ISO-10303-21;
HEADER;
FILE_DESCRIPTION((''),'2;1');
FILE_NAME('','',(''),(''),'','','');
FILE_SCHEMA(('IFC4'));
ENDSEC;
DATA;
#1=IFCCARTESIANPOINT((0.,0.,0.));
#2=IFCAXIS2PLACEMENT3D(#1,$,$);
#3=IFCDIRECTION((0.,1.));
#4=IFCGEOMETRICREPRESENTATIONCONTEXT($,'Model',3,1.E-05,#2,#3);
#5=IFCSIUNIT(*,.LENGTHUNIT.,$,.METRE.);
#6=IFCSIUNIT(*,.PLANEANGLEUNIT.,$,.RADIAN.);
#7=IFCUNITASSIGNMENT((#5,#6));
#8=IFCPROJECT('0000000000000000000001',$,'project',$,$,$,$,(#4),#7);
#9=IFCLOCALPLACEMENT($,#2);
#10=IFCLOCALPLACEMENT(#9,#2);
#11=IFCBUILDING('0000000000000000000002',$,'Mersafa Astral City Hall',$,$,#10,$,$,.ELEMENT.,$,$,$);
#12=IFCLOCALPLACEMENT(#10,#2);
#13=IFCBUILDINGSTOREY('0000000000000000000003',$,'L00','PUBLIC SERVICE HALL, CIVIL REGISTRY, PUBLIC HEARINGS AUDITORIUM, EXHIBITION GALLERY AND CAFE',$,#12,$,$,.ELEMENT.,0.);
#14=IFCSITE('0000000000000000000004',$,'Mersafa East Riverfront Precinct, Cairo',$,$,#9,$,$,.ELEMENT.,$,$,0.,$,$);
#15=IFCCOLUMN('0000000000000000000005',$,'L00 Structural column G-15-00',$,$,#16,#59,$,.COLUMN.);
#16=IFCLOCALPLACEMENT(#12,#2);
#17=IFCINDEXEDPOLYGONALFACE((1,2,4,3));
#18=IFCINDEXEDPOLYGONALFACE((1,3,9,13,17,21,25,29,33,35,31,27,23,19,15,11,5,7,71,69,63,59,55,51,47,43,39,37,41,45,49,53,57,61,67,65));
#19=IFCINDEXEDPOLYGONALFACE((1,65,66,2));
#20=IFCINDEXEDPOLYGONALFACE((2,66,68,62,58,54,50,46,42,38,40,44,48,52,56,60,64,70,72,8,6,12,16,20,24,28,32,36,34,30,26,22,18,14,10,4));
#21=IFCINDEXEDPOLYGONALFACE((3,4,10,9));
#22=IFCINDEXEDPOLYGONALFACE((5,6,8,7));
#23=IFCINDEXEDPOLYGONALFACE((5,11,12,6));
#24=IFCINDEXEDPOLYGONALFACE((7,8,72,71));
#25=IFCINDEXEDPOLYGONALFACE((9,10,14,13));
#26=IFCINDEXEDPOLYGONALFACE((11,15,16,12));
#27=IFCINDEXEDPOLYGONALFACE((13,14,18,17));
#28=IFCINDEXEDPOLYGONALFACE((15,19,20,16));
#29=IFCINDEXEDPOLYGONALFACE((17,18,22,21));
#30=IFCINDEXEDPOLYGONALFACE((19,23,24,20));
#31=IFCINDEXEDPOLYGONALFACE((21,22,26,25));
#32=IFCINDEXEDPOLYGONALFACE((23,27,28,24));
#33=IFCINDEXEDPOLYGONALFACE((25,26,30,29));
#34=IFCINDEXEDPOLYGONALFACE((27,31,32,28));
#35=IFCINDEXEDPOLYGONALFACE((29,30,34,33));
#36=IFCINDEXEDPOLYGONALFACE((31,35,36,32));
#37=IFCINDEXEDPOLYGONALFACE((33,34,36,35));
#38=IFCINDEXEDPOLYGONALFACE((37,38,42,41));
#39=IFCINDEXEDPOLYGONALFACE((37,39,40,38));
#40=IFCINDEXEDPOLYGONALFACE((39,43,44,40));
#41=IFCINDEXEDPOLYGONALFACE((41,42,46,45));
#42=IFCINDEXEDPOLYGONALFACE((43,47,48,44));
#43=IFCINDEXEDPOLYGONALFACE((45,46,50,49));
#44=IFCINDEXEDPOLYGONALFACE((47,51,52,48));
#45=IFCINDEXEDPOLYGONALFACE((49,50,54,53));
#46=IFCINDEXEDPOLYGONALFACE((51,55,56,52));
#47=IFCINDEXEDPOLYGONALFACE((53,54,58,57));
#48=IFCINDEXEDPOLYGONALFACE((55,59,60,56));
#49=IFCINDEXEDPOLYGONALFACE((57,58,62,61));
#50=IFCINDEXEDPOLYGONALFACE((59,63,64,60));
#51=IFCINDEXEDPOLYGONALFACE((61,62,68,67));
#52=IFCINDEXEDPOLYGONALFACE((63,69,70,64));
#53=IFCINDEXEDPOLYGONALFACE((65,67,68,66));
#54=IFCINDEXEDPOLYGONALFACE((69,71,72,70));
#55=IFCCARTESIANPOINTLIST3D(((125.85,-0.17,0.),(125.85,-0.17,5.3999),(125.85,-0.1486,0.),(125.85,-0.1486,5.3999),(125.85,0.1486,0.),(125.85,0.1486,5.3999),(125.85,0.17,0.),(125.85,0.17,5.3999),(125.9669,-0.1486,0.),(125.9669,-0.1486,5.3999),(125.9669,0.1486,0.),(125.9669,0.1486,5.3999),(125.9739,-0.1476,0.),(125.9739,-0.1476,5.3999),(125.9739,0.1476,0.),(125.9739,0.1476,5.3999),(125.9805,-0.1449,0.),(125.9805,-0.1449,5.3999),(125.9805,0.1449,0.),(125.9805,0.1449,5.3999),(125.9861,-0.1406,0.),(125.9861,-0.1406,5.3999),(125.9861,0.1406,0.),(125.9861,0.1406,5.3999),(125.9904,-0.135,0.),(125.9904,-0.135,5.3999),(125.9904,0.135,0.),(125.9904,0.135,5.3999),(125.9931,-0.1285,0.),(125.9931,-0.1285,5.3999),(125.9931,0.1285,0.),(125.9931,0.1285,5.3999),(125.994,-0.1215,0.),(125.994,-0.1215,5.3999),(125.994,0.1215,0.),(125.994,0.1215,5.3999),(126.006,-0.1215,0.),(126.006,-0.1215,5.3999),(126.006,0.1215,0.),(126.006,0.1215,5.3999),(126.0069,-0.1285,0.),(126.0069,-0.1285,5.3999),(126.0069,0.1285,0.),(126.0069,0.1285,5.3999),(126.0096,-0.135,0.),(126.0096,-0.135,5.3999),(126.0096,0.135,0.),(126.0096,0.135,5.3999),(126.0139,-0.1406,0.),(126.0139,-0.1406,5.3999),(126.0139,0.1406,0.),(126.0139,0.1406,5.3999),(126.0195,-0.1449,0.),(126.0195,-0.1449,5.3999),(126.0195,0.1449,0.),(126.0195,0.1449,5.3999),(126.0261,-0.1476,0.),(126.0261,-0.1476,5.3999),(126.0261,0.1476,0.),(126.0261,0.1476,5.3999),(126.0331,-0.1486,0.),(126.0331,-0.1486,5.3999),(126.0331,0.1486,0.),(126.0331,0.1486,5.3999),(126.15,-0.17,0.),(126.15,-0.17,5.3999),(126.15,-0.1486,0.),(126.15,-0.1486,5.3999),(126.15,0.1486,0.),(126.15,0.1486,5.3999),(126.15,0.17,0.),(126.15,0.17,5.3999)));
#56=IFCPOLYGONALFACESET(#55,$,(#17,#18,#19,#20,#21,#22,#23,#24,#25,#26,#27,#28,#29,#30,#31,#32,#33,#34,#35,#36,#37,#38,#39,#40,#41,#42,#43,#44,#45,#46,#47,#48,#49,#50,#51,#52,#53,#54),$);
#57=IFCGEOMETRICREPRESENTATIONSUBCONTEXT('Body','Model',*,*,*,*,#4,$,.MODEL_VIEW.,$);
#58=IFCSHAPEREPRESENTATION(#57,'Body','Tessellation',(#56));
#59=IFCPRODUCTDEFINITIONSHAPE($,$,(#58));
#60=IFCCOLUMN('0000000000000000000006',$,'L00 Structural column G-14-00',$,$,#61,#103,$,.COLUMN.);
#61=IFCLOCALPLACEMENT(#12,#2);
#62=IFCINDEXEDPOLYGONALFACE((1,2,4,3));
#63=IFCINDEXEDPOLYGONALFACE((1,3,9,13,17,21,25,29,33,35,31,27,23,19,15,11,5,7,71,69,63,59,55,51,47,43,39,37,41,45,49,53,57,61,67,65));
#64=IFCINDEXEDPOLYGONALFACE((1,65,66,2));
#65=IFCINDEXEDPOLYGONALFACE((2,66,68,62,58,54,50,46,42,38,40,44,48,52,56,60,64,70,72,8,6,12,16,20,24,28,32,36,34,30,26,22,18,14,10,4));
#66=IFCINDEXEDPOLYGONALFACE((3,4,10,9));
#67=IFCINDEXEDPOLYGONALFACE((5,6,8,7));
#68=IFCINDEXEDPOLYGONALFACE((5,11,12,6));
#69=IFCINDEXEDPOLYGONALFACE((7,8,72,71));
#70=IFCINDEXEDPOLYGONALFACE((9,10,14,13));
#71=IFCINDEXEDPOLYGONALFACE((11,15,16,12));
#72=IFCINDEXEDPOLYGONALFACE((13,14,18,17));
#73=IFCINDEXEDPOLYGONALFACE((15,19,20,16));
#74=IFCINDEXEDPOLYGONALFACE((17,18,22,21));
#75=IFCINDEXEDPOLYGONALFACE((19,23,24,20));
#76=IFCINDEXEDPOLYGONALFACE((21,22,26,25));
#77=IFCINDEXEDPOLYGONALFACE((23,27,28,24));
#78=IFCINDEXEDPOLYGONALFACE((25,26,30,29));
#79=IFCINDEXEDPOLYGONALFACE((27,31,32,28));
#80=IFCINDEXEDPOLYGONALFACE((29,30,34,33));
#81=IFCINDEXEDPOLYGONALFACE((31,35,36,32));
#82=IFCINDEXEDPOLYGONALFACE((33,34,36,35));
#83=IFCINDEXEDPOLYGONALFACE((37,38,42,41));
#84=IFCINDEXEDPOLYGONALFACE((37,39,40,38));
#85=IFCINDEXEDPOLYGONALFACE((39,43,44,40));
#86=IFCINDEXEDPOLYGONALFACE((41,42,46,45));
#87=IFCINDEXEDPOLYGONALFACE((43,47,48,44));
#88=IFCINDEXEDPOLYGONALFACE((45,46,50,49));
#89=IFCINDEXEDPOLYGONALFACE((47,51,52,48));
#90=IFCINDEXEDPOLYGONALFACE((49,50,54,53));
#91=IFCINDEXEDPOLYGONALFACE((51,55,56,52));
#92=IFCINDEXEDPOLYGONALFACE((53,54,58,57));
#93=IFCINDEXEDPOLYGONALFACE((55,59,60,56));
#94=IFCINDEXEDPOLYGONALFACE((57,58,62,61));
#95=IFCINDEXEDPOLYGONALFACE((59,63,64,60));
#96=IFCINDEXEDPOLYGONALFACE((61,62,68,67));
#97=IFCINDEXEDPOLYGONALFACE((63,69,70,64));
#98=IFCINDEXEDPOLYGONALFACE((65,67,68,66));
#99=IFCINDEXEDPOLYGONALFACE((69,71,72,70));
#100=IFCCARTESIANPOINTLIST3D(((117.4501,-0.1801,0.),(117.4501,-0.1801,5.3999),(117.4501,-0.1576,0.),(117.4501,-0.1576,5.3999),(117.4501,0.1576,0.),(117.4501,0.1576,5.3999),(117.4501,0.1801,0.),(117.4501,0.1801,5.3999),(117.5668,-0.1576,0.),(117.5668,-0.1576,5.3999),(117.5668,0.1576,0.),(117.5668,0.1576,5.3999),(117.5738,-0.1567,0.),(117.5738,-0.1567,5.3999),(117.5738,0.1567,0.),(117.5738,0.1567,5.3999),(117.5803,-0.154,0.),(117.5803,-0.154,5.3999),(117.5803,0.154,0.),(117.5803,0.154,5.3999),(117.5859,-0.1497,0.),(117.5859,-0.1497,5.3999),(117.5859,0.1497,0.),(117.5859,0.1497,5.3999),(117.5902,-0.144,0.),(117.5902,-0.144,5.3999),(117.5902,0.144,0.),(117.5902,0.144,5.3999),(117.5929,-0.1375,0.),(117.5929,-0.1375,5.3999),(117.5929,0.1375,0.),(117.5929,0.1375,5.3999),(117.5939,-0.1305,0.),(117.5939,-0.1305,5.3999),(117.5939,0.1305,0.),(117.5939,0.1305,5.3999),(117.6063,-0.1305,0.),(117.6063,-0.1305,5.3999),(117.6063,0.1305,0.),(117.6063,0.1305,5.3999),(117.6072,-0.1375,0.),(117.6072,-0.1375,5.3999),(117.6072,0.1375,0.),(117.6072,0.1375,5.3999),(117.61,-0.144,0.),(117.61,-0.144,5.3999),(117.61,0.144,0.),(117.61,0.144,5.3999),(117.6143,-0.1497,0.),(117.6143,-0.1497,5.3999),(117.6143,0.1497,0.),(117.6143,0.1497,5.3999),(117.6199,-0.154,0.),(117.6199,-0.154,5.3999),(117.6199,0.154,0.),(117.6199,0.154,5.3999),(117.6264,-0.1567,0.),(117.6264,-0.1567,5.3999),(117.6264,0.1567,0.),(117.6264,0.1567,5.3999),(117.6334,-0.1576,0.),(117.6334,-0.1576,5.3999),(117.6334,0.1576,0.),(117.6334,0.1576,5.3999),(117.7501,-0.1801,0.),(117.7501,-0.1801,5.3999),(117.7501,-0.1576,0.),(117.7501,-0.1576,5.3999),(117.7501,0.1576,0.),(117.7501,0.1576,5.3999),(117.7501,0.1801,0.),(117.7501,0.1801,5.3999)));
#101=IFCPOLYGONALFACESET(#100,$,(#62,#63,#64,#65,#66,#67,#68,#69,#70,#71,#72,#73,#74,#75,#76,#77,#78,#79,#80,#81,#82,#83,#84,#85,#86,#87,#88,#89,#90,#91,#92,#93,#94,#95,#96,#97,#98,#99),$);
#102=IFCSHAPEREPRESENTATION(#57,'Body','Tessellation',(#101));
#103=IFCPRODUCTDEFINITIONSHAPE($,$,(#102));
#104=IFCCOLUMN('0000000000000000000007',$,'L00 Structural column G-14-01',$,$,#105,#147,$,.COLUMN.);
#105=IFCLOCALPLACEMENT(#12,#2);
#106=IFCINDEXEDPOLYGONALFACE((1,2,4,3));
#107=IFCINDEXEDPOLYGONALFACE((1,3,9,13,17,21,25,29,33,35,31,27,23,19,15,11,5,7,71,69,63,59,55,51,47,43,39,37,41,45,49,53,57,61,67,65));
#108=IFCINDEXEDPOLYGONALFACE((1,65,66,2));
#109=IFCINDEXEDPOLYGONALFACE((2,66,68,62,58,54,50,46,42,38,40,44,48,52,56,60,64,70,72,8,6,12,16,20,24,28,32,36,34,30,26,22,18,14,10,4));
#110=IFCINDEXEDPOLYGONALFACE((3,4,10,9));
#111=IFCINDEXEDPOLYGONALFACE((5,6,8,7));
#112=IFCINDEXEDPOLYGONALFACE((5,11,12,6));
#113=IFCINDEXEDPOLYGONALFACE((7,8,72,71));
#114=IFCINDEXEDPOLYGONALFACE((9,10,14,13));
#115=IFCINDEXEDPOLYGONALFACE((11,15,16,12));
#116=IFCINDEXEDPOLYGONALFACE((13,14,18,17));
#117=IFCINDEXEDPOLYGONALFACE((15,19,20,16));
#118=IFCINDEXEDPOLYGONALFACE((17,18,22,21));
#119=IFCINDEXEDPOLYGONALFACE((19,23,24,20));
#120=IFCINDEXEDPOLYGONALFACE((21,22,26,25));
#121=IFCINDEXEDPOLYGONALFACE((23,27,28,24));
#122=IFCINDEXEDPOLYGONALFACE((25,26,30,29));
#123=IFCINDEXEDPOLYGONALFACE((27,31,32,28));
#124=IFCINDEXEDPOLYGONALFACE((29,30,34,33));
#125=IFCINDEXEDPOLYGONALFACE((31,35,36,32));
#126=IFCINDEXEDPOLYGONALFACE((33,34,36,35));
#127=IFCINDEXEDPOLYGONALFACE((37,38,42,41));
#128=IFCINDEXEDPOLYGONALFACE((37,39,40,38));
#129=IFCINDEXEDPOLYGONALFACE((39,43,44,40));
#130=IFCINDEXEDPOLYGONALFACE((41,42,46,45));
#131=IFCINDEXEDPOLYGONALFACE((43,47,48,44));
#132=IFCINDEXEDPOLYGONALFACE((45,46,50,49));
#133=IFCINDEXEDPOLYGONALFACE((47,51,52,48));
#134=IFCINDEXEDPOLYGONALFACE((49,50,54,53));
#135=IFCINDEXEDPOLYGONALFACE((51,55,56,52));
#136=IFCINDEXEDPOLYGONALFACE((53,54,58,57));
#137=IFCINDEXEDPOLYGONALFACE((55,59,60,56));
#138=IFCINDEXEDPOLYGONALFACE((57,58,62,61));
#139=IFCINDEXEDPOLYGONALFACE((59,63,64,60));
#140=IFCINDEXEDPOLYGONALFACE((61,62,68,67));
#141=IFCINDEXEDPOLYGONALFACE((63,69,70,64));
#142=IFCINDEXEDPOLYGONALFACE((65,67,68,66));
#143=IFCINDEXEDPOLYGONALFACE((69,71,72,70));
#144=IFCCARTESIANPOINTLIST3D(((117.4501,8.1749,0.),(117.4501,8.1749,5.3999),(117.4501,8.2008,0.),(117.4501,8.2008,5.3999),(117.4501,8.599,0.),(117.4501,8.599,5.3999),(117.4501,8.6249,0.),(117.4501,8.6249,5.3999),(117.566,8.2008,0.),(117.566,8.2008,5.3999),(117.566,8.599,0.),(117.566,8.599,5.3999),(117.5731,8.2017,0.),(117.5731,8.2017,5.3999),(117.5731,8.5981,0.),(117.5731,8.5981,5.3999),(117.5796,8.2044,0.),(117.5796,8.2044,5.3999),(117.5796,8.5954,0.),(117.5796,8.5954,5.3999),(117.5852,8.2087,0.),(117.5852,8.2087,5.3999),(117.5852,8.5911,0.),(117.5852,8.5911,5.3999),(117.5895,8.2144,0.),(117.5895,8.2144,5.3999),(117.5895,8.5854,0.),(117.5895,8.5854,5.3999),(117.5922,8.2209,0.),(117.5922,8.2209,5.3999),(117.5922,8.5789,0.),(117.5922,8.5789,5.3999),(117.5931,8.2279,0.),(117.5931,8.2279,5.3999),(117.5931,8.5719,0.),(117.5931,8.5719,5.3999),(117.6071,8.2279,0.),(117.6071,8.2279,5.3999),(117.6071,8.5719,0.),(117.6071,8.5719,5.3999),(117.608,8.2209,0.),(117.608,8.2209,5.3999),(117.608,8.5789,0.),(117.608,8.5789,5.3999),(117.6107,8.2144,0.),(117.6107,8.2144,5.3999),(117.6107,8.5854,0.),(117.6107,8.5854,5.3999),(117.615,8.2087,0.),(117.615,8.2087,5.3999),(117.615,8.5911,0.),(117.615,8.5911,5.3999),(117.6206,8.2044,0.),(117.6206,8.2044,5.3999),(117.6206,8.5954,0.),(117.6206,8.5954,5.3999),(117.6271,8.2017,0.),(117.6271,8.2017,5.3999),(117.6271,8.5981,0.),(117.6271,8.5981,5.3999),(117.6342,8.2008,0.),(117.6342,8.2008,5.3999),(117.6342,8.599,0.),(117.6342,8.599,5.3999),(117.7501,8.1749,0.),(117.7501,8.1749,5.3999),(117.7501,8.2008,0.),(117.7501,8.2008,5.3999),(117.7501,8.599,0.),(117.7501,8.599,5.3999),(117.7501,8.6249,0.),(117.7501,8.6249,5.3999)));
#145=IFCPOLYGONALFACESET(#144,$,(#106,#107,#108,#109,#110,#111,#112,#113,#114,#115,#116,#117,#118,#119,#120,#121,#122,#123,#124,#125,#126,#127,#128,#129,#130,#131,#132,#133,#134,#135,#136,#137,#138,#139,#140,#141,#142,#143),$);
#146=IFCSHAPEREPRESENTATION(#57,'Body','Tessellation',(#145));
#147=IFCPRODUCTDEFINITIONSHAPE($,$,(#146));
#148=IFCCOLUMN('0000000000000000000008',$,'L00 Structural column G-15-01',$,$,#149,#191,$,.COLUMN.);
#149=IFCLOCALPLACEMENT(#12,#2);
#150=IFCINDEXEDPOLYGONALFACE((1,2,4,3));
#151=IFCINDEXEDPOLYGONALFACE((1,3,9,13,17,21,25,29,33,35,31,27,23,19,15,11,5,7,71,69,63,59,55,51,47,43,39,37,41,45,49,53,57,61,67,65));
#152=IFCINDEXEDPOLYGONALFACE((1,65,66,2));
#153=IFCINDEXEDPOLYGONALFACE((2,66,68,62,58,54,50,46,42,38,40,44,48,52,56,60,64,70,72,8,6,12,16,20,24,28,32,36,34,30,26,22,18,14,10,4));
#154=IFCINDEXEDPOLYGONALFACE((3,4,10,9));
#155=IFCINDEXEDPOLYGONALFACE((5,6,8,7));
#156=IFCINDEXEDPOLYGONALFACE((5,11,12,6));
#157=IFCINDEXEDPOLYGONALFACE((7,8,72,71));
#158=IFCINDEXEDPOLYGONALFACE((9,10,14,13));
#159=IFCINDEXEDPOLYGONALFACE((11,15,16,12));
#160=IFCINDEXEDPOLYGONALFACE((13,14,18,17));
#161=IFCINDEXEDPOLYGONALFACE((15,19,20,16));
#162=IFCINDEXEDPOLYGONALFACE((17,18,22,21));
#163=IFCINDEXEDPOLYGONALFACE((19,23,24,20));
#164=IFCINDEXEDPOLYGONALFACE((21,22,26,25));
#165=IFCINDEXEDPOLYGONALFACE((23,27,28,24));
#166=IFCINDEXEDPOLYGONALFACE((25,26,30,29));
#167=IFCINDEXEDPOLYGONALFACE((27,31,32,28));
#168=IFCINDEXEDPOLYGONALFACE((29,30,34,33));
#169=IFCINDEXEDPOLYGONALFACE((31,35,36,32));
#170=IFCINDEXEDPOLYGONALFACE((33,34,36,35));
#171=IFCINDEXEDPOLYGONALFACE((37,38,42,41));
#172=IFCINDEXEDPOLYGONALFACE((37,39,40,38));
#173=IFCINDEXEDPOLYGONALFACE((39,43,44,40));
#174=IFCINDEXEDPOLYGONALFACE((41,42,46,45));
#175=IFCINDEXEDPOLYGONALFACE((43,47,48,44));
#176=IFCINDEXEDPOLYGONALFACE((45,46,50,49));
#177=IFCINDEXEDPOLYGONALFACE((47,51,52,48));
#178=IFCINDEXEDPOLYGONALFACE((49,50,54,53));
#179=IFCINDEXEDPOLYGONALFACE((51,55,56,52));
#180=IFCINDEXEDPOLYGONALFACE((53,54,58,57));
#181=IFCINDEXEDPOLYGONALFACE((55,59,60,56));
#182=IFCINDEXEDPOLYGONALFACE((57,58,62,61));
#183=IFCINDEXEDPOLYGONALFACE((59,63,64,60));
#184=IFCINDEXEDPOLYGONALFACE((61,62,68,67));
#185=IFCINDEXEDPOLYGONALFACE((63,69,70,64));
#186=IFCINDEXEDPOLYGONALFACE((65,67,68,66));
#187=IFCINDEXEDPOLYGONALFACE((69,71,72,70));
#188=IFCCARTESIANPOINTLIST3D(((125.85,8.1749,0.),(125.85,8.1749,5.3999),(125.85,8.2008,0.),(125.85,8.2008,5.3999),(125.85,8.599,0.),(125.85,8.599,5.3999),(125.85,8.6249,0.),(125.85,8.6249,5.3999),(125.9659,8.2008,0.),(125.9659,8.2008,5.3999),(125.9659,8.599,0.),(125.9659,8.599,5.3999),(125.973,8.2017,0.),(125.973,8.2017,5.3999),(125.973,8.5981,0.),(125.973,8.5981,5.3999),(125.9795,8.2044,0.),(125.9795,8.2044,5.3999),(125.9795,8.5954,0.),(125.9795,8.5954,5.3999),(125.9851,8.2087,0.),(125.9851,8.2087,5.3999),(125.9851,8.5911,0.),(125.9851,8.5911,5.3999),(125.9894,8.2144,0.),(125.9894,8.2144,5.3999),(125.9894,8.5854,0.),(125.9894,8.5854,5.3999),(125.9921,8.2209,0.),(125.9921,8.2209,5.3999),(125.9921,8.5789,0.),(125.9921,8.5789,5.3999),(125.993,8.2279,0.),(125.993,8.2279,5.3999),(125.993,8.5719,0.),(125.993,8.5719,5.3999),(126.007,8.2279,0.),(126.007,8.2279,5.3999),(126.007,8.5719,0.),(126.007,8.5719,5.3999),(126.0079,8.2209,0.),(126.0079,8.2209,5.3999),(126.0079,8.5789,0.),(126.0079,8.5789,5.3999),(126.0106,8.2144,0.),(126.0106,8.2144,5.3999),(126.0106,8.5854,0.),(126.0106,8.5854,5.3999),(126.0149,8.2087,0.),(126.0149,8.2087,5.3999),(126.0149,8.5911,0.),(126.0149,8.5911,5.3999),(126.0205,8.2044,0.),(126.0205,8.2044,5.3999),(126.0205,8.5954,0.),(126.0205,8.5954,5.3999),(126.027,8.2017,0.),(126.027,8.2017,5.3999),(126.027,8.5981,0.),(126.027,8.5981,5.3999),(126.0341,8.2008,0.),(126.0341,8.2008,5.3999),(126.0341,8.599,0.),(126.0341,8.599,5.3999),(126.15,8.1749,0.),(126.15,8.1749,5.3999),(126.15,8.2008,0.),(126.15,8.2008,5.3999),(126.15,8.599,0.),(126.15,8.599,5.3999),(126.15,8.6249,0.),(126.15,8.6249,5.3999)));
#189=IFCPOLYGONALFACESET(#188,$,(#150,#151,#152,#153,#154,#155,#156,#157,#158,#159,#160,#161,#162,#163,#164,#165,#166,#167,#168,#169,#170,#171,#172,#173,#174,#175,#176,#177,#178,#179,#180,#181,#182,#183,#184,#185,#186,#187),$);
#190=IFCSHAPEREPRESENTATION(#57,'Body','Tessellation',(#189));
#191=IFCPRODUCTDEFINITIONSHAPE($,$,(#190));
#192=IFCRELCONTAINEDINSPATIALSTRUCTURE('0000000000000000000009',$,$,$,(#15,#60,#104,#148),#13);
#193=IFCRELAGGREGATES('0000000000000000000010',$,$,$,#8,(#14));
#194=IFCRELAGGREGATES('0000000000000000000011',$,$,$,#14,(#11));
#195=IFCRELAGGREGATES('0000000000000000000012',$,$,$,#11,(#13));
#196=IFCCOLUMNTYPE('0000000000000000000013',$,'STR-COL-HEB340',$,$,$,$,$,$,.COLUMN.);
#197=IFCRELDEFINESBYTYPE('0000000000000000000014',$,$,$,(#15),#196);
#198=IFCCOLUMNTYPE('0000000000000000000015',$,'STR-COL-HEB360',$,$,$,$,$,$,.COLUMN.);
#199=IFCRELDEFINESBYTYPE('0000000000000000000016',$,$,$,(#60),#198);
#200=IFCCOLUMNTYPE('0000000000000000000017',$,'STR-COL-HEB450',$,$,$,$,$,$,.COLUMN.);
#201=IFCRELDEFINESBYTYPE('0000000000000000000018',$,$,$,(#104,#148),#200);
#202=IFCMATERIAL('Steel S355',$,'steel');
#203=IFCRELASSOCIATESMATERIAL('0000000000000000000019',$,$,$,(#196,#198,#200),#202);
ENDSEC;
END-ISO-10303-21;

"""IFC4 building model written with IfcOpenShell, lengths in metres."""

from ifc_helpers import new_model, si_unit, direction, frame, origin, origin_2d, place, context, subcontext, project, spatial, i_section, extrude, material, material_profile, profile_set, type_object, element, save


model = new_model("IFC4")

# Units and contexts
model_context = context("Model", 3, precision=1e-05, world=origin(), true_north=direction((0.0, 1.0)))
body_context = subcontext(model_context, "Body", "Model", "MODEL_VIEW")
ifc_project = project(units=[si_unit("LENGTHUNIT", "METRE"), si_unit("PLANEANGLEUNIT", "RADIAN")], contexts=[model_context])

# Site, building, storey
site_placement = place(None, origin())
site = spatial("IfcSite", under=ifc_project, at=site_placement, Name="Mersafa East Riverfront Precinct, Cairo", CompositionType="ELEMENT", RefElevation=0.0)
building_placement = place(site_placement, origin())
building = spatial("IfcBuilding", under=site, at=building_placement, Name="Mersafa Astral City Hall", CompositionType="ELEMENT")
storey_placement = place(building_placement, origin())
storey = spatial("IfcBuildingStorey", under=building, at=storey_placement, Name="L00", Description="PUBLIC SERVICE HALL, CIVIL REGISTRY, PUBLIC HEARINGS AUDITORIUM, EXHIBITION GALLERY AND CAFE", CompositionType="ELEMENT", Elevation=0.0)

# Columns
ifc_material_1 = material(Name="Steel S355", Category="steel")
ifc_material_profile_1 = material_profile(ifc_material_1, i_section(OverallWidth=0.3, OverallDepth=0.3401, WebThickness=0.012, FlangeThickness=0.0215, FilletRadius=0.0271, at=origin_2d()), Name="HEB 340")
ifc_profile_set_1 = profile_set([ifc_material_profile_1], Name="Steel S355")
column_type_1 = type_object("IfcColumnType", Name="STR-COL-HEB340", PredefinedType="COLUMN", material=ifc_profile_set_1)
column_1_placement = place(storey_placement, frame((126.0, 0.0, 0.0), z_axis=(0.0, 0.0, 1.0), x_axis=(1.0, 0.0, 0.0)))
element("IfcColumn", 1, at=column_1_placement, inside=storey, type_object=column_type_1, Name="L00 Structural column G-15-00", PredefinedType="COLUMN", context=body_context, shape_type="SweptSolid", body=[
    extrude(i_section(OverallWidth=0.3, OverallDepth=0.3401, WebThickness=0.012, FlangeThickness=0.0215, FilletRadius=0.0271, at=origin_2d()), origin(), (0.0, 0.0, 1.0), 5.3999),
])
ifc_material_profile_2 = material_profile(ifc_material_1, i_section(OverallWidth=0.3, OverallDepth=0.3601, WebThickness=0.0125, FlangeThickness=0.0225, FilletRadius=0.0271, at=origin_2d()), Name="HEB 360")
ifc_profile_set_2 = profile_set([ifc_material_profile_2], Name="Steel S355")
column_type_2 = type_object("IfcColumnType", Name="STR-COL-HEB360", PredefinedType="COLUMN", material=ifc_profile_set_2)
column_2_placement = place(storey_placement, frame((117.6001, 0.0, 0.0), z_axis=(0.0, 0.0, 1.0), x_axis=(1.0, 0.0, 0.0)))
element("IfcColumn", 2, at=column_2_placement, inside=storey, type_object=column_type_2, Name="L00 Structural column G-14-00", PredefinedType="COLUMN", context=body_context, shape_type="SweptSolid", body=[
    extrude(i_section(OverallWidth=0.3, OverallDepth=0.3601, WebThickness=0.0125, FlangeThickness=0.0225, FilletRadius=0.0271, at=origin_2d()), origin(), (0.0, 0.0, 1.0), 5.3999),
])
ifc_material_profile_3 = material_profile(ifc_material_1, i_section(OverallWidth=0.3, OverallDepth=0.45, WebThickness=0.0139, FlangeThickness=0.0259, FilletRadius=0.0271, at=origin_2d()), Name="HEB 450")
ifc_profile_set_3 = profile_set([ifc_material_profile_3], Name="Steel S355")
column_type_3 = type_object("IfcColumnType", Name="STR-COL-HEB450", PredefinedType="COLUMN", material=ifc_profile_set_3)
for number, where, z_axis, x_axis, name in (
    (3, (117.6001, 8.3999, 0.0), (0.0, 0.0, 1.0), (1.0, 0.0, 0.0), "L00 Structural column G-14-01"),
    (4, (126.0, 8.3999, 0.0), (0.0, 0.0, 1.0), (1.0, 0.0, 0.0), "L00 Structural column G-15-01"),
):
    element("IfcColumn", number, at=place(storey_placement, frame(where, z_axis=z_axis, x_axis=x_axis)), inside=storey, type_object=column_type_3, Name=name, PredefinedType="COLUMN", context=body_context, shape_type="SweptSolid", body=[
        extrude(i_section(OverallWidth=0.3, OverallDepth=0.45, WebThickness=0.0139, FlangeThickness=0.0259, FilletRadius=0.0271, at=origin_2d()), origin(), (0.0, 0.0, 1.0), 5.3999),
    ])

save(model, "model.ifc")
